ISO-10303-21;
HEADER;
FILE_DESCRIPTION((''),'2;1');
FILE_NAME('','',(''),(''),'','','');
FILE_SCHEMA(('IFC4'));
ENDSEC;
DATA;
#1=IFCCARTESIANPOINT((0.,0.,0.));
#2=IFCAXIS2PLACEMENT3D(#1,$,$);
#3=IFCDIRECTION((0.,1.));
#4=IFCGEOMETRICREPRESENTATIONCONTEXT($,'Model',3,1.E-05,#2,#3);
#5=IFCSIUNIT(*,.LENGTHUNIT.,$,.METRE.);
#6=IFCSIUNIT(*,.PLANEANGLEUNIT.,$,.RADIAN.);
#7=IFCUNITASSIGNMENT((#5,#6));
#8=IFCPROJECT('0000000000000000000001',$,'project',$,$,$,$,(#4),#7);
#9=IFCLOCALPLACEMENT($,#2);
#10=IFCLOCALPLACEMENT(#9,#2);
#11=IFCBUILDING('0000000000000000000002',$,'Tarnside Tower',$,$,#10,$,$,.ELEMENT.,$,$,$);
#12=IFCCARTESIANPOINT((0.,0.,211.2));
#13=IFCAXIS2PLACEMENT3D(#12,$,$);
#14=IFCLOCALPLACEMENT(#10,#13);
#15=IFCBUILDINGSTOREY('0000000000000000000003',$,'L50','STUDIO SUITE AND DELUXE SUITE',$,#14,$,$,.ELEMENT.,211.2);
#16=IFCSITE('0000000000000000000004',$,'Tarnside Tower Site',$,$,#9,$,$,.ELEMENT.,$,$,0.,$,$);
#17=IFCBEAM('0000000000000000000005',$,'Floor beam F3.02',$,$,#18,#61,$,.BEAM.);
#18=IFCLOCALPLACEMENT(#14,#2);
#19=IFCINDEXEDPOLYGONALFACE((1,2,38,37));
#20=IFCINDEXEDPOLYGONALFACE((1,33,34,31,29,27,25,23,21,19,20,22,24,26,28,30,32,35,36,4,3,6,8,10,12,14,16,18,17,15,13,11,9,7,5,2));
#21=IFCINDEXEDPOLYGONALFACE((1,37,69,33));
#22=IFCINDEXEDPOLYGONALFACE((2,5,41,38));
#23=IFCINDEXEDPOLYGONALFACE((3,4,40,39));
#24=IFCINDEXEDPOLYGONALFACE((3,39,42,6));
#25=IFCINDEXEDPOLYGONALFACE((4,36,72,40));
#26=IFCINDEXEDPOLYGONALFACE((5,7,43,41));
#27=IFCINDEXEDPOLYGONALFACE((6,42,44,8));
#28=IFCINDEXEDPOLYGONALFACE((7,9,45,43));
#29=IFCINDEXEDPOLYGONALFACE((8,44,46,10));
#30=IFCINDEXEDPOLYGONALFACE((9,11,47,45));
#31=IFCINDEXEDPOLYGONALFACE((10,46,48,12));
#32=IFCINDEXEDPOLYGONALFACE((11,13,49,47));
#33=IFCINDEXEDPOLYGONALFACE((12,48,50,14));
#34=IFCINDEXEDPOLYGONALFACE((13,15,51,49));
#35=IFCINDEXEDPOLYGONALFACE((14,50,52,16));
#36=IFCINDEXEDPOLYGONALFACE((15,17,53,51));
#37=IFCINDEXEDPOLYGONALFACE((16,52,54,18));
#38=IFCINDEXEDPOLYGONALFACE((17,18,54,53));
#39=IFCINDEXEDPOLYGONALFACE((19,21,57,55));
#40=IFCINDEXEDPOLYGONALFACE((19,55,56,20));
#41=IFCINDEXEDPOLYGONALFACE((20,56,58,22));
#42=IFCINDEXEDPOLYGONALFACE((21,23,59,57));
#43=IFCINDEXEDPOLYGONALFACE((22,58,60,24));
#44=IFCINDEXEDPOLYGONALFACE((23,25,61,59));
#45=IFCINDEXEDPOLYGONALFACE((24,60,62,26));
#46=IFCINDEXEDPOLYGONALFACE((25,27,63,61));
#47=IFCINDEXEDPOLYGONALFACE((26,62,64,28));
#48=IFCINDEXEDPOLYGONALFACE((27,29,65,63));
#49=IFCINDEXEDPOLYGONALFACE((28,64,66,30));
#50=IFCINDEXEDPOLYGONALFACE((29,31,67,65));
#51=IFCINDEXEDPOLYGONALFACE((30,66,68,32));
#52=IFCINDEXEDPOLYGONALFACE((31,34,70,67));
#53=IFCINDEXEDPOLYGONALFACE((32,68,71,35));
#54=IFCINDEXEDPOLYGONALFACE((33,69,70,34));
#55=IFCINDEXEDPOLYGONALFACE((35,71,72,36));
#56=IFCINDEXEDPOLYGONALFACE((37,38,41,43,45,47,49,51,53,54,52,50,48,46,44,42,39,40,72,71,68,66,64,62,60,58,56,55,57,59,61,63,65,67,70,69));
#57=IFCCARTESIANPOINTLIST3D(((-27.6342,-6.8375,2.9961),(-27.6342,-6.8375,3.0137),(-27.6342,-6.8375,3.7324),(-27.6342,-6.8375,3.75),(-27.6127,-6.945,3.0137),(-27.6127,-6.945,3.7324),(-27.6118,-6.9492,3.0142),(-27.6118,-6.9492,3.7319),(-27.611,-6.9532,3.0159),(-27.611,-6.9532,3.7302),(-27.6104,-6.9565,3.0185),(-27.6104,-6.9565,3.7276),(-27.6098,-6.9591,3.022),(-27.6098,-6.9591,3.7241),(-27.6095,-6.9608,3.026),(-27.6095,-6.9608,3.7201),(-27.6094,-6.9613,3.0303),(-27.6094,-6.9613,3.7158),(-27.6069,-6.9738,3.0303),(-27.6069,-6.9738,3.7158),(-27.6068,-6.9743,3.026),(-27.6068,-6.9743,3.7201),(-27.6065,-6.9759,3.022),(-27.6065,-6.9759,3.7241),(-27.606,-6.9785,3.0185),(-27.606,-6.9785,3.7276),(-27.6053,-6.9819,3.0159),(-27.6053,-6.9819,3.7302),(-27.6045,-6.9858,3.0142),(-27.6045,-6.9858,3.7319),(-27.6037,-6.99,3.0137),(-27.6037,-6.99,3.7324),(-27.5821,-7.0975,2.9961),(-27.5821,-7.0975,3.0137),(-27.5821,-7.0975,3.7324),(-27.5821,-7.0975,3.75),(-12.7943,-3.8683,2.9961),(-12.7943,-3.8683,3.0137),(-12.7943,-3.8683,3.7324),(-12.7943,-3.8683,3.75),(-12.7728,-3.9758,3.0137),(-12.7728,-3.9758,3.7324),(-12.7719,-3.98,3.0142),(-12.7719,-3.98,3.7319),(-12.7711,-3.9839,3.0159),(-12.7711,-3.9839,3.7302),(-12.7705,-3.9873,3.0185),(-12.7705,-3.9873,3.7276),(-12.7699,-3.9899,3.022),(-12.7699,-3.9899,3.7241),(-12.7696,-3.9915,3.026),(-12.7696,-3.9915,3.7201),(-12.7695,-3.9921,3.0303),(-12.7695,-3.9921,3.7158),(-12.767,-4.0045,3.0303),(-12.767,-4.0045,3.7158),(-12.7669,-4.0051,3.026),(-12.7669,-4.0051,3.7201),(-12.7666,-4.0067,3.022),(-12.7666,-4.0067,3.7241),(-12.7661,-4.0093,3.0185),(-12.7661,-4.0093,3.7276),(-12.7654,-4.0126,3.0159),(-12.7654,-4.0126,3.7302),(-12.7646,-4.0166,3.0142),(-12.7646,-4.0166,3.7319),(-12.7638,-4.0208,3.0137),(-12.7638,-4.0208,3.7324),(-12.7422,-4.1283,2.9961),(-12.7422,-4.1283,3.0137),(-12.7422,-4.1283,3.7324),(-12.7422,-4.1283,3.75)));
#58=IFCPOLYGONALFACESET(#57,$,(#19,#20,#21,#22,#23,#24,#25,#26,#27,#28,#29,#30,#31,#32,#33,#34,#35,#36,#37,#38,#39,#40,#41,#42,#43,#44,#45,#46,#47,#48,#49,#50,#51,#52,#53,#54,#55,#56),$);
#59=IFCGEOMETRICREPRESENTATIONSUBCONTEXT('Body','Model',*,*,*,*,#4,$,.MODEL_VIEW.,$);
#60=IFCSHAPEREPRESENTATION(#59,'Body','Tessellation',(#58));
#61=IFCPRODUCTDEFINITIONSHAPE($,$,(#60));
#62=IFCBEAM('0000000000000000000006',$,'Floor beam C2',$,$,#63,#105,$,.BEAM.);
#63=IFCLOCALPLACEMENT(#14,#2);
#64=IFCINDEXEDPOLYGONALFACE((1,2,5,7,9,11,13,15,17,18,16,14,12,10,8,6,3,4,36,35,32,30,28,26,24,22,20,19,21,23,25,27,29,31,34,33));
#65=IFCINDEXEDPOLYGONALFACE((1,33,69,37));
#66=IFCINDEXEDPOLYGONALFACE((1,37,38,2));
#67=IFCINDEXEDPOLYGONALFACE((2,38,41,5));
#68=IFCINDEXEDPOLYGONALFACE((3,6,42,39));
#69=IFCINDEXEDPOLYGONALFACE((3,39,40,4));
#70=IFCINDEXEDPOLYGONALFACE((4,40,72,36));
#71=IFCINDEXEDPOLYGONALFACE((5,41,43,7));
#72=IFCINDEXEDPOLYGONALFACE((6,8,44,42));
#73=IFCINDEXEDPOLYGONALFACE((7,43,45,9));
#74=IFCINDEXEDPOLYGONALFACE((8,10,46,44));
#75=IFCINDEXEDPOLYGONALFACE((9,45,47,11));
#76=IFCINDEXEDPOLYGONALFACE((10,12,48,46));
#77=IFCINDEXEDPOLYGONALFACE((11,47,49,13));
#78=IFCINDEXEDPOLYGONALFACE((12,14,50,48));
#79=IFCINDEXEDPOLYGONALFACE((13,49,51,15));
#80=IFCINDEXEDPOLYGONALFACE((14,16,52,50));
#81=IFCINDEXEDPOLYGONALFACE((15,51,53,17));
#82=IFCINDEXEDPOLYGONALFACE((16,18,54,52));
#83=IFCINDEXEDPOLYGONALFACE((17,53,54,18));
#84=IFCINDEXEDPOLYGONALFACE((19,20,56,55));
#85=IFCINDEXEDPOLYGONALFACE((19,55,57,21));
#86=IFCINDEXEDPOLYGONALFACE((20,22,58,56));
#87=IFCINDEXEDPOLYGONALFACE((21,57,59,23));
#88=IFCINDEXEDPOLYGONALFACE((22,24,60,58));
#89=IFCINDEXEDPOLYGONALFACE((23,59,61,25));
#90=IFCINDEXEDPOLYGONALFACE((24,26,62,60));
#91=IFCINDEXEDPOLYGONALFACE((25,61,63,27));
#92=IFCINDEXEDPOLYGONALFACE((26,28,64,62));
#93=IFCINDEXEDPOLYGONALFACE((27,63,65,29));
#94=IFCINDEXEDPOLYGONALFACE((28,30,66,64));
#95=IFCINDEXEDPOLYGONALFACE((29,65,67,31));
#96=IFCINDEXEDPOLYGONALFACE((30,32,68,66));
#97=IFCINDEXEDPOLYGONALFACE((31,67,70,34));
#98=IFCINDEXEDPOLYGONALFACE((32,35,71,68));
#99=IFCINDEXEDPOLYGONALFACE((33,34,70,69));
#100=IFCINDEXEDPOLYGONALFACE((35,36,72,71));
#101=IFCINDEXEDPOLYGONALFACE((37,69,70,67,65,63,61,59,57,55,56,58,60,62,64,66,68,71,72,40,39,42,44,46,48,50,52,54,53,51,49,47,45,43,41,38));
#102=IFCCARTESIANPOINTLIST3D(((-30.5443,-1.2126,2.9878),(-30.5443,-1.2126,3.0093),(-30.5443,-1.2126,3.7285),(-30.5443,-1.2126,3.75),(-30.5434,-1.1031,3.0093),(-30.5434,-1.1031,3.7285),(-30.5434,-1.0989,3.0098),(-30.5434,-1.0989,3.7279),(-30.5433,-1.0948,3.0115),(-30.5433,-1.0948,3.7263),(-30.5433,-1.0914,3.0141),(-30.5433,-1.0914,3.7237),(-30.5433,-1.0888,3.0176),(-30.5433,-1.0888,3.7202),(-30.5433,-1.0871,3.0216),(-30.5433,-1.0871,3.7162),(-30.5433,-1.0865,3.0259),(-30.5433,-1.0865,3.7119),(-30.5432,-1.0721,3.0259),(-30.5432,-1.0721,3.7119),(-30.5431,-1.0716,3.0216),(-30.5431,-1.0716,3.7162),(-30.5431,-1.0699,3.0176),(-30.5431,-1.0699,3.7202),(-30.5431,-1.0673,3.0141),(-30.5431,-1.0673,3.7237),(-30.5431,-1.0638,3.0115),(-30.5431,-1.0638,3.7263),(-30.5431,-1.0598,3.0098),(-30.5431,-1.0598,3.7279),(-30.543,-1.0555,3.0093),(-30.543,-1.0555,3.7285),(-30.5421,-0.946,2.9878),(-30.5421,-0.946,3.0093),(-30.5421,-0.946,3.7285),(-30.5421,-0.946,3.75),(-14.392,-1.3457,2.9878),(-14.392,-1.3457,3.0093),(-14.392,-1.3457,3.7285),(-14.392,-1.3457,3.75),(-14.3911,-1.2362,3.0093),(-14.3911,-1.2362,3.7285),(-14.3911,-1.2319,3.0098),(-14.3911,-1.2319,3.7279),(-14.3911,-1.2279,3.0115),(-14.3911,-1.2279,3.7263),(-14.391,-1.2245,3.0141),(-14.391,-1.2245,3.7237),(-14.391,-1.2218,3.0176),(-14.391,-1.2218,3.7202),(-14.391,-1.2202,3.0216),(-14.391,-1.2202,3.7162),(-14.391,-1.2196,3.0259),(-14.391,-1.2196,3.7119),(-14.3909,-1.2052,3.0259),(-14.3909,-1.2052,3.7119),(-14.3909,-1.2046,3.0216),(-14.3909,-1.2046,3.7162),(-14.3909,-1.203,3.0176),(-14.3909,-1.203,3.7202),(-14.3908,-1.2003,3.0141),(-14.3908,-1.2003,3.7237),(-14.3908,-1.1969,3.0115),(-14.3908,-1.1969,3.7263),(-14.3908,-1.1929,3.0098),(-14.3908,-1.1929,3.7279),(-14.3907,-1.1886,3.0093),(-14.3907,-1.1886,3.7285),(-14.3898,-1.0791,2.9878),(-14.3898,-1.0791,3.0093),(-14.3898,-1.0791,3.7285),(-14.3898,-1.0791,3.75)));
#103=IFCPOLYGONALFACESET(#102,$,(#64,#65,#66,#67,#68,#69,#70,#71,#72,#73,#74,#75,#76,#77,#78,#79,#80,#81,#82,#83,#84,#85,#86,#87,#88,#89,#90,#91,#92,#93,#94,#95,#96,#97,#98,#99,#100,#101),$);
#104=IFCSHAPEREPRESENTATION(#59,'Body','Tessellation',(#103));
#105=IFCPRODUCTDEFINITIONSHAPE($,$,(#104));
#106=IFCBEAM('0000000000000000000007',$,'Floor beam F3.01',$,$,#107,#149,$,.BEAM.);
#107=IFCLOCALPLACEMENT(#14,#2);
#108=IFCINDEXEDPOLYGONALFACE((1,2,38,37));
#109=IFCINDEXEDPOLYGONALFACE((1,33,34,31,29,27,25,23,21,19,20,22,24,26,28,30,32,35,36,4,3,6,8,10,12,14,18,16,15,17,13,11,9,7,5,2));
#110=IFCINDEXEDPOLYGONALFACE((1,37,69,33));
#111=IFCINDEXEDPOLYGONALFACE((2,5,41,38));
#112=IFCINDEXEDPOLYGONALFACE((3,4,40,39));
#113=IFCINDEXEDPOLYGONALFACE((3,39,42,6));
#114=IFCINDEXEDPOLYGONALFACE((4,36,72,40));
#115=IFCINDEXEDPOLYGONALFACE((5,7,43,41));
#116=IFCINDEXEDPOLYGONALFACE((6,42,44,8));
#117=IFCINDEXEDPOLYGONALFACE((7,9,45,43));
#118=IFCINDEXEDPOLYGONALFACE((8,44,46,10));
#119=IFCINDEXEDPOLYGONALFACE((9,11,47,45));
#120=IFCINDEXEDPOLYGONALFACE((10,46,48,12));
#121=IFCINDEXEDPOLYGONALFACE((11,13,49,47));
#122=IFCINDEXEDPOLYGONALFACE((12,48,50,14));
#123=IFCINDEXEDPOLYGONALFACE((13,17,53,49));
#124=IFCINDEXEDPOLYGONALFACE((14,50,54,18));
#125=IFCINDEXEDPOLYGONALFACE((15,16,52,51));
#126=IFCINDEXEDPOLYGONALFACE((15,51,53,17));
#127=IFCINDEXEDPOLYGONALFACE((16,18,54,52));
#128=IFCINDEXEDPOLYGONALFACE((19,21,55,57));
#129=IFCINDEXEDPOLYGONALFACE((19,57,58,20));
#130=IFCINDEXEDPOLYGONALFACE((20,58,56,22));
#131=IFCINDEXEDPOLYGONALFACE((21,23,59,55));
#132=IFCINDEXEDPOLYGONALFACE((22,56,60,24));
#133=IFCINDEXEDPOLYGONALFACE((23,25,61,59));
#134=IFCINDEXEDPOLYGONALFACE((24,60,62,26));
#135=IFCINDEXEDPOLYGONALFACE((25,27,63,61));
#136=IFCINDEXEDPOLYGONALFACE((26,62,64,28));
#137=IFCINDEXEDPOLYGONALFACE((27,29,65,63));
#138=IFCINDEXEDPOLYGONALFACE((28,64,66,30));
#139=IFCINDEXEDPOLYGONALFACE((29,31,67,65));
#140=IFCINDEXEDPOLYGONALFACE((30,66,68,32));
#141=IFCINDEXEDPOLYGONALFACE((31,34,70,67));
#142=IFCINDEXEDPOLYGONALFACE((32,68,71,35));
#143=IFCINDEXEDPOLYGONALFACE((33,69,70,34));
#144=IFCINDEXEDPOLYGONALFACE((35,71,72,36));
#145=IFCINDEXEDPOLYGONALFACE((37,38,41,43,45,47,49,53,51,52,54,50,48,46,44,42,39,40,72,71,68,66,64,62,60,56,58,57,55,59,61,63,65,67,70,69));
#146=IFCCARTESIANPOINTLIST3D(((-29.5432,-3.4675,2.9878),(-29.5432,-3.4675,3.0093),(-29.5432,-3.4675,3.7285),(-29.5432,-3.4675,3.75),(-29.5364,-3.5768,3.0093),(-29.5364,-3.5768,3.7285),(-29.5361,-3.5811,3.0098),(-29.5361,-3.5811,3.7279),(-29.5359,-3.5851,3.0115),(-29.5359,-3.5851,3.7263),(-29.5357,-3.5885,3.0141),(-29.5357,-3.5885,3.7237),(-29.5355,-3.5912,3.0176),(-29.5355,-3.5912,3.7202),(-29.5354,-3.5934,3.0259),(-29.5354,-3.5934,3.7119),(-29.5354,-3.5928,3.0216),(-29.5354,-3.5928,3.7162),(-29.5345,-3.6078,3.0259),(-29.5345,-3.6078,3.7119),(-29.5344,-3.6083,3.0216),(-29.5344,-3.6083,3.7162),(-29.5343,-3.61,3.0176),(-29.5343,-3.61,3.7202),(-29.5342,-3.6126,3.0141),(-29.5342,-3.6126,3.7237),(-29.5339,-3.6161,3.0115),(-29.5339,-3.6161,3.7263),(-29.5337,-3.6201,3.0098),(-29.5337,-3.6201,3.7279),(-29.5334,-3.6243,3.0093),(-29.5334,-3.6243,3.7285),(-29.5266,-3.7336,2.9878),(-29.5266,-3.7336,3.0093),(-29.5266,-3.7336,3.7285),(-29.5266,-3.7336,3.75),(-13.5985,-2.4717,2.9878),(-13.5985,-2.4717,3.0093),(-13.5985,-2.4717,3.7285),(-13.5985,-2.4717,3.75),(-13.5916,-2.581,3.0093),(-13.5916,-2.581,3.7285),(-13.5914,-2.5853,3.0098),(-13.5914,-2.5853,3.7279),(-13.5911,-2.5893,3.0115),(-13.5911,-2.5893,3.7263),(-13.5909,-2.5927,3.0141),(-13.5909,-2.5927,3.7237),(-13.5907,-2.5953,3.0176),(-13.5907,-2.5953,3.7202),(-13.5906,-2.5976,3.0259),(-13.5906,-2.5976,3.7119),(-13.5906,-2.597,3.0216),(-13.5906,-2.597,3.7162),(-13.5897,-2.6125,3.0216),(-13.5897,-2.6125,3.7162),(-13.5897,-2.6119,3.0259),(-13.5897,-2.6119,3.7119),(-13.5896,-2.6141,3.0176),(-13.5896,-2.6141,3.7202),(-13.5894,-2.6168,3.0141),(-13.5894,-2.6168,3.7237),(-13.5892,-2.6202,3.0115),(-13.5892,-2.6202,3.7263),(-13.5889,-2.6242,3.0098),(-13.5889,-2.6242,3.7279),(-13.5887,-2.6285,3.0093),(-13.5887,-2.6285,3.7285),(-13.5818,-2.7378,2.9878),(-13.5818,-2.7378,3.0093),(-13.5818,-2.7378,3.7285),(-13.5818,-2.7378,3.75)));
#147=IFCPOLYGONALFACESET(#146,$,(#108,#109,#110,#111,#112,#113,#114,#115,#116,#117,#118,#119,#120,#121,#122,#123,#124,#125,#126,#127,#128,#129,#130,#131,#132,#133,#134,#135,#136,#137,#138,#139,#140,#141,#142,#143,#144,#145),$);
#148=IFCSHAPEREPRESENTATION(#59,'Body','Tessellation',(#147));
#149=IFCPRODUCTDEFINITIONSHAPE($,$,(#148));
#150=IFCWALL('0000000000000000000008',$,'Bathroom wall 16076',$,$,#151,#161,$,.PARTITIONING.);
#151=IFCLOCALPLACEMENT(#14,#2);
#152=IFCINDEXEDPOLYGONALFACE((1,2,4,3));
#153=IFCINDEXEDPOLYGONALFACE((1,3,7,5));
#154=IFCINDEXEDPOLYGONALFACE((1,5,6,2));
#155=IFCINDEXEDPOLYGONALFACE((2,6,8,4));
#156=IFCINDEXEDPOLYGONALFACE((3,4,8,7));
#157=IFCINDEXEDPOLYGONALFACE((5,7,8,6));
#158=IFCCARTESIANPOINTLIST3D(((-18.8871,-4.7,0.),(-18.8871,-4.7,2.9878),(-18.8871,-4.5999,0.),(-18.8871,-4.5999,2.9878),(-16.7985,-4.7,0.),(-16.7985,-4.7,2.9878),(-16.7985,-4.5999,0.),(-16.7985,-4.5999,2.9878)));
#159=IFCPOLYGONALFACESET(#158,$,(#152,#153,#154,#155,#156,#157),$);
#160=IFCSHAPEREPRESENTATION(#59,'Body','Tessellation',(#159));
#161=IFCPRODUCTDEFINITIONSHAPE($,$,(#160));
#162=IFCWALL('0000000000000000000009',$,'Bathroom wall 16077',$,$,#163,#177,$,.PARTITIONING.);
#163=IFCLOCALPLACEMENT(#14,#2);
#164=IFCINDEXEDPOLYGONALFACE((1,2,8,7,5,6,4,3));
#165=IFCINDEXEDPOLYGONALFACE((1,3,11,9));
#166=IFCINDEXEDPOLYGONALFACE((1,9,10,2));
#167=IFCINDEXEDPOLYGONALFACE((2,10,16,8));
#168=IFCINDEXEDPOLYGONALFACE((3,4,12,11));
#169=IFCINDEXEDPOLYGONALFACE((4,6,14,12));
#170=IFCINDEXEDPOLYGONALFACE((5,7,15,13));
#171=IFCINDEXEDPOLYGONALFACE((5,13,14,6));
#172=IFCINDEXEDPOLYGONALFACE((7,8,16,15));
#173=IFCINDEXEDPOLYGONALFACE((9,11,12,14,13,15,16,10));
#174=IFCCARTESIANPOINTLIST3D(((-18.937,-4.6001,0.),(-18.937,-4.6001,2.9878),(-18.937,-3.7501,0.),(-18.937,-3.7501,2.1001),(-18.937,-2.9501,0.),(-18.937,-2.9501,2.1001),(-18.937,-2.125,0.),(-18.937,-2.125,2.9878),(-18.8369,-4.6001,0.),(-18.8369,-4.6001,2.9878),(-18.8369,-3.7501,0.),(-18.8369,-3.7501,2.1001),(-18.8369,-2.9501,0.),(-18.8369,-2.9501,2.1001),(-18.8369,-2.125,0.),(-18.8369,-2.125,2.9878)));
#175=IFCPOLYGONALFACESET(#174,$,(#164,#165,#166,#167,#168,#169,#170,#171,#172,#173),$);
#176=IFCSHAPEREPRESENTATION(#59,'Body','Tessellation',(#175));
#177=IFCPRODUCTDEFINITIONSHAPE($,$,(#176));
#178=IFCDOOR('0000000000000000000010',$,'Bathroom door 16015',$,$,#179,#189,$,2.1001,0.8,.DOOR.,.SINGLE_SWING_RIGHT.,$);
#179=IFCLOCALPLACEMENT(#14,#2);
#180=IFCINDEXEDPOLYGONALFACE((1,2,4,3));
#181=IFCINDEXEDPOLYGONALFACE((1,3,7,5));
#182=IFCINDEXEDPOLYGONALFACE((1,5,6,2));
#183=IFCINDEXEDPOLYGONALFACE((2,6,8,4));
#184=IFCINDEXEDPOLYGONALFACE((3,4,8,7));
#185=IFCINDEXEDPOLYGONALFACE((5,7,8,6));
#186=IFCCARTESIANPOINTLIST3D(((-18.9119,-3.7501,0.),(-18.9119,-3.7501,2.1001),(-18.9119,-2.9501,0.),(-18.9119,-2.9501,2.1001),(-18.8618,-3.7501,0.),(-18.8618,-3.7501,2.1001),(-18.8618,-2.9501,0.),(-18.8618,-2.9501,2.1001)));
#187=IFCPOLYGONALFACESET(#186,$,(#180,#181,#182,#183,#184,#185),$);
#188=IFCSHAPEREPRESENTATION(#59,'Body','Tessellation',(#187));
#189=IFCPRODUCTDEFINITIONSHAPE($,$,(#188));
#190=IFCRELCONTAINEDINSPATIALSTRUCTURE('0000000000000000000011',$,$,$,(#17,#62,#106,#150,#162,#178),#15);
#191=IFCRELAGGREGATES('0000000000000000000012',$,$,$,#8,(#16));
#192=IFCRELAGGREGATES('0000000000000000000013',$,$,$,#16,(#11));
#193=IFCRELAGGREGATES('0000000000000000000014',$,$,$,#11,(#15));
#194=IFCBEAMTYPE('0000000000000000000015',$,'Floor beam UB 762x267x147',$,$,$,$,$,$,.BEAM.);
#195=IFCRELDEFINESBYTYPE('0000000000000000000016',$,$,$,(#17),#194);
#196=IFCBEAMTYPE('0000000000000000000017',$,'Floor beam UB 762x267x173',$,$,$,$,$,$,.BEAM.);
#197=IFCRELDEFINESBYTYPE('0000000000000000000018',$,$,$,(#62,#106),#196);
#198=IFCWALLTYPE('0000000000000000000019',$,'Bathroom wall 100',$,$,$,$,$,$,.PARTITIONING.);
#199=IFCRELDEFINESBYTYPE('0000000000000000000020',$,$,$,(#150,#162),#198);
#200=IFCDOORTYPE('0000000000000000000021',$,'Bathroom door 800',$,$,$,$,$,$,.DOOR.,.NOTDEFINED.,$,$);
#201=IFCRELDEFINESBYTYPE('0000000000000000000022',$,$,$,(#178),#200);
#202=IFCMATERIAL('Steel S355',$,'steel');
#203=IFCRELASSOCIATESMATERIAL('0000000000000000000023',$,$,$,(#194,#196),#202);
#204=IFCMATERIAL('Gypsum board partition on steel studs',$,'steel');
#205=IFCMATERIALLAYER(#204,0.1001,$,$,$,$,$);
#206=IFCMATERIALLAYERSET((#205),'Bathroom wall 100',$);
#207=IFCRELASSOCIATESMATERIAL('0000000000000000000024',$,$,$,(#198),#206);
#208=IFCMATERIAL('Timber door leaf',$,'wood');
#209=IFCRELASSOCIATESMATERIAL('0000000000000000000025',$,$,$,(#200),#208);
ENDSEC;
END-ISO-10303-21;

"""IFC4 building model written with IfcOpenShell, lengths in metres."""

from ifc_helpers import new_model, si_unit, direction, frame, frame_2d, origin, origin_2d, place, context, subcontext, project, spatial, rectangle, i_section, extrude, material, layer, layer_set, material_profile, profile_set, type_object, element, fill, save


model = new_model("IFC4")

# Units and contexts
model_context = context("Model", 3, precision=1e-05, world=origin(), true_north=direction((0.0, 1.0)))
body_context = subcontext(model_context, "Body", "Model", "MODEL_VIEW")
ifc_project = project(units=[si_unit("LENGTHUNIT", "METRE"), si_unit("PLANEANGLEUNIT", "RADIAN")], contexts=[model_context])

# Site, building, storey
site_placement = place(None, origin())
site = spatial("IfcSite", under=ifc_project, at=site_placement, Name="Tarnside Tower Site", CompositionType="ELEMENT", RefElevation=0.0)
building_placement = place(site_placement, origin())
building = spatial("IfcBuilding", under=site, at=building_placement, Name="Tarnside Tower", CompositionType="ELEMENT")
storey_placement = place(building_placement, frame((0.0, 0.0, 211.2)))
storey = spatial("IfcBuildingStorey", under=building, at=storey_placement, Name="L50", Description="STUDIO SUITE AND DELUXE SUITE", CompositionType="ELEMENT", Elevation=211.2)

# Beams
ifc_material_1 = material(Name="Steel S355", Category="steel")
ifc_material_profile_1 = material_profile(ifc_material_1, i_section(OverallWidth=0.2651, OverallDepth=0.7539, WebThickness=0.0127, FlangeThickness=0.0176, FilletRadius=0.0166, at=origin_2d()), Name="UB 762x267x147")
ifc_profile_set_1 = profile_set([ifc_material_profile_1], Name="Steel S355")
beam_type_1 = type_object("IfcBeamType", Name="Floor beam UB 762x267x147", PredefinedType="BEAM", material=ifc_profile_set_1)
beam_1_placement = place(storey_placement, frame((-27.6082, -6.9675, 3.373), z_axis=(0.980565, 0.196197, 0.0), x_axis=(-0.196197, 0.980565, 0.0)))
element("IfcBeam", 1, at=beam_1_placement, inside=storey, type_object=beam_type_1, Name="Floor beam F3.02", PredefinedType="BEAM", context=body_context, shape_type="SweptSolid", body=[
    extrude(i_section(OverallWidth=0.2651, OverallDepth=0.7539, WebThickness=0.0127, FlangeThickness=0.0176, FilletRadius=0.0166, at=origin_2d()), origin(), (0.0, 0.0, 1.0), 15.134),
])
ifc_material_profile_2 = material_profile(ifc_material_1, i_section(OverallWidth=0.2666, OverallDepth=0.7622, WebThickness=0.0144, FlangeThickness=0.0215, FilletRadius=0.0166, at=origin_2d()), Name="UB 762x267x173")
ifc_profile_set_2 = profile_set([ifc_material_profile_2], Name="Steel S355")
beam_type_2 = type_object("IfcBeamType", Name="Floor beam UB 762x267x173", PredefinedType="BEAM", material=ifc_profile_set_2)
beam_2_placement = place(storey_placement, frame((-30.5432, -1.0793, 3.3689), z_axis=(0.999966, -0.008237, 0.0), x_axis=(0.008237, 0.999966, 0.0)))
element("IfcBeam", 2, at=beam_2_placement, inside=storey, type_object=beam_type_2, Name="Floor beam C2", PredefinedType="BEAM", context=body_context, shape_type="SweptSolid", body=[
    extrude(i_section(OverallWidth=0.2666, OverallDepth=0.7622, WebThickness=0.0144, FlangeThickness=0.0215, FilletRadius=0.0166, at=origin_2d()), origin(), (0.0, 0.0, 1.0), 16.1528),
])
beam_3_placement = place(storey_placement, frame((-29.5349, -3.6006, 3.3689), z_axis=(0.998055, 0.062335, 0.0), x_axis=(-0.062335, 0.998055, 0.0)))
element("IfcBeam", 3, at=beam_3_placement, inside=storey, type_object=beam_type_2, Name="Floor beam F3.01", PredefinedType="BEAM", context=body_context, shape_type="SweptSolid", body=[
    extrude(i_section(OverallWidth=0.2666, OverallDepth=0.7622, WebThickness=0.0144, FlangeThickness=0.0215, FilletRadius=0.0166, at=origin_2d()), origin(), (0.0, 0.0, 1.0), 15.9758),
])

# Wall
ifc_material_2 = material(Name="Gypsum board partition on steel studs", Category="steel")
ifc_layer_1 = layer(ifc_material_2, 0.1001)
ifc_layer_set_1 = layer_set([ifc_layer_1], Name="Bathroom wall 100")
wall_type_1 = type_object("IfcWallType", Name="Bathroom wall 100", PredefinedType="PARTITIONING", material=ifc_layer_set_1)
wall_1_placement = place(storey_placement, frame((-16.7983, -4.6499, 0.0), z_axis=(0.0, 0.0, 1.0), x_axis=(-1.0, 0.0, 0.0)))
element("IfcWall", 4, at=wall_1_placement, inside=storey, type_object=wall_type_1, Name="Bathroom wall 16076", PredefinedType="PARTITIONING", context=body_context, shape_type="SweptSolid", body=[
    extrude(rectangle(XDim=2.0886, YDim=0.1001, at=frame_2d((1.0444, 0.0))), origin(), (0.0, 0.0, 1.0), 2.9878),
])

# Wall, opening, door
wall_2_placement = place(storey_placement, frame((-18.887, -4.6001, 0.0), z_axis=(0.0, 0.0, 1.0), x_axis=(0.0, 1.0, 0.0)))
wall_2 = element("IfcWall", 5, at=wall_2_placement, inside=storey, type_object=wall_type_1, Name="Bathroom wall 16077", PredefinedType="PARTITIONING", context=body_context, shape_type="SweptSolid", body=[
    extrude(rectangle(XDim=2.4751, YDim=0.1001, at=frame_2d((1.2375, 0.0))), origin(), (0.0, 0.0, 1.0), 2.9878),
])
opening_1_placement = place(wall_2_placement, frame((0.8501, 0.0, 0.0)))
opening_1 = element("IfcOpeningElement", 6, at=opening_1_placement, cuts=wall_2, PredefinedType="OPENING", context=body_context, shape_type="SweptSolid", body=[
    extrude(rectangle(XDim=0.8, YDim=2.1001, at=frame_2d((0.3999, 1.05))), frame((0.0, 0.0601, 0.0), z_axis=(0.0, -1.0, 0.0), x_axis=(1.0, 0.0, 0.0)), (0.0, 0.0, 1.0), 0.1201),
])
ifc_material_3 = material(Name="Timber door leaf", Category="wood")
door_type_1 = type_object("IfcDoorType", Name="Bathroom door 800", OperationType="NOTDEFINED", PredefinedType="DOOR", material=ifc_material_3)
door_1_placement = place(opening_1_placement, origin())
door_1 = element("IfcDoor", 7, at=door_1_placement, inside=storey, type_object=door_type_1, Name="Bathroom door 16015", OperationType="SINGLE_SWING_RIGHT", OverallHeight=2.1001, OverallWidth=0.8, PredefinedType="DOOR", context=body_context, shape_type="SweptSolid", body=[
    extrude(rectangle(XDim=0.8, YDim=2.1001, at=frame_2d((0.3999, 1.05))), frame((0.0, 0.0249, 0.0), z_axis=(0.0, -1.0, 0.0), x_axis=(1.0, 0.0, 0.0)), (0.0, 0.0, 1.0), 0.05),
])
fill(opening_1, door_1)

save(model, "model.ifc")
